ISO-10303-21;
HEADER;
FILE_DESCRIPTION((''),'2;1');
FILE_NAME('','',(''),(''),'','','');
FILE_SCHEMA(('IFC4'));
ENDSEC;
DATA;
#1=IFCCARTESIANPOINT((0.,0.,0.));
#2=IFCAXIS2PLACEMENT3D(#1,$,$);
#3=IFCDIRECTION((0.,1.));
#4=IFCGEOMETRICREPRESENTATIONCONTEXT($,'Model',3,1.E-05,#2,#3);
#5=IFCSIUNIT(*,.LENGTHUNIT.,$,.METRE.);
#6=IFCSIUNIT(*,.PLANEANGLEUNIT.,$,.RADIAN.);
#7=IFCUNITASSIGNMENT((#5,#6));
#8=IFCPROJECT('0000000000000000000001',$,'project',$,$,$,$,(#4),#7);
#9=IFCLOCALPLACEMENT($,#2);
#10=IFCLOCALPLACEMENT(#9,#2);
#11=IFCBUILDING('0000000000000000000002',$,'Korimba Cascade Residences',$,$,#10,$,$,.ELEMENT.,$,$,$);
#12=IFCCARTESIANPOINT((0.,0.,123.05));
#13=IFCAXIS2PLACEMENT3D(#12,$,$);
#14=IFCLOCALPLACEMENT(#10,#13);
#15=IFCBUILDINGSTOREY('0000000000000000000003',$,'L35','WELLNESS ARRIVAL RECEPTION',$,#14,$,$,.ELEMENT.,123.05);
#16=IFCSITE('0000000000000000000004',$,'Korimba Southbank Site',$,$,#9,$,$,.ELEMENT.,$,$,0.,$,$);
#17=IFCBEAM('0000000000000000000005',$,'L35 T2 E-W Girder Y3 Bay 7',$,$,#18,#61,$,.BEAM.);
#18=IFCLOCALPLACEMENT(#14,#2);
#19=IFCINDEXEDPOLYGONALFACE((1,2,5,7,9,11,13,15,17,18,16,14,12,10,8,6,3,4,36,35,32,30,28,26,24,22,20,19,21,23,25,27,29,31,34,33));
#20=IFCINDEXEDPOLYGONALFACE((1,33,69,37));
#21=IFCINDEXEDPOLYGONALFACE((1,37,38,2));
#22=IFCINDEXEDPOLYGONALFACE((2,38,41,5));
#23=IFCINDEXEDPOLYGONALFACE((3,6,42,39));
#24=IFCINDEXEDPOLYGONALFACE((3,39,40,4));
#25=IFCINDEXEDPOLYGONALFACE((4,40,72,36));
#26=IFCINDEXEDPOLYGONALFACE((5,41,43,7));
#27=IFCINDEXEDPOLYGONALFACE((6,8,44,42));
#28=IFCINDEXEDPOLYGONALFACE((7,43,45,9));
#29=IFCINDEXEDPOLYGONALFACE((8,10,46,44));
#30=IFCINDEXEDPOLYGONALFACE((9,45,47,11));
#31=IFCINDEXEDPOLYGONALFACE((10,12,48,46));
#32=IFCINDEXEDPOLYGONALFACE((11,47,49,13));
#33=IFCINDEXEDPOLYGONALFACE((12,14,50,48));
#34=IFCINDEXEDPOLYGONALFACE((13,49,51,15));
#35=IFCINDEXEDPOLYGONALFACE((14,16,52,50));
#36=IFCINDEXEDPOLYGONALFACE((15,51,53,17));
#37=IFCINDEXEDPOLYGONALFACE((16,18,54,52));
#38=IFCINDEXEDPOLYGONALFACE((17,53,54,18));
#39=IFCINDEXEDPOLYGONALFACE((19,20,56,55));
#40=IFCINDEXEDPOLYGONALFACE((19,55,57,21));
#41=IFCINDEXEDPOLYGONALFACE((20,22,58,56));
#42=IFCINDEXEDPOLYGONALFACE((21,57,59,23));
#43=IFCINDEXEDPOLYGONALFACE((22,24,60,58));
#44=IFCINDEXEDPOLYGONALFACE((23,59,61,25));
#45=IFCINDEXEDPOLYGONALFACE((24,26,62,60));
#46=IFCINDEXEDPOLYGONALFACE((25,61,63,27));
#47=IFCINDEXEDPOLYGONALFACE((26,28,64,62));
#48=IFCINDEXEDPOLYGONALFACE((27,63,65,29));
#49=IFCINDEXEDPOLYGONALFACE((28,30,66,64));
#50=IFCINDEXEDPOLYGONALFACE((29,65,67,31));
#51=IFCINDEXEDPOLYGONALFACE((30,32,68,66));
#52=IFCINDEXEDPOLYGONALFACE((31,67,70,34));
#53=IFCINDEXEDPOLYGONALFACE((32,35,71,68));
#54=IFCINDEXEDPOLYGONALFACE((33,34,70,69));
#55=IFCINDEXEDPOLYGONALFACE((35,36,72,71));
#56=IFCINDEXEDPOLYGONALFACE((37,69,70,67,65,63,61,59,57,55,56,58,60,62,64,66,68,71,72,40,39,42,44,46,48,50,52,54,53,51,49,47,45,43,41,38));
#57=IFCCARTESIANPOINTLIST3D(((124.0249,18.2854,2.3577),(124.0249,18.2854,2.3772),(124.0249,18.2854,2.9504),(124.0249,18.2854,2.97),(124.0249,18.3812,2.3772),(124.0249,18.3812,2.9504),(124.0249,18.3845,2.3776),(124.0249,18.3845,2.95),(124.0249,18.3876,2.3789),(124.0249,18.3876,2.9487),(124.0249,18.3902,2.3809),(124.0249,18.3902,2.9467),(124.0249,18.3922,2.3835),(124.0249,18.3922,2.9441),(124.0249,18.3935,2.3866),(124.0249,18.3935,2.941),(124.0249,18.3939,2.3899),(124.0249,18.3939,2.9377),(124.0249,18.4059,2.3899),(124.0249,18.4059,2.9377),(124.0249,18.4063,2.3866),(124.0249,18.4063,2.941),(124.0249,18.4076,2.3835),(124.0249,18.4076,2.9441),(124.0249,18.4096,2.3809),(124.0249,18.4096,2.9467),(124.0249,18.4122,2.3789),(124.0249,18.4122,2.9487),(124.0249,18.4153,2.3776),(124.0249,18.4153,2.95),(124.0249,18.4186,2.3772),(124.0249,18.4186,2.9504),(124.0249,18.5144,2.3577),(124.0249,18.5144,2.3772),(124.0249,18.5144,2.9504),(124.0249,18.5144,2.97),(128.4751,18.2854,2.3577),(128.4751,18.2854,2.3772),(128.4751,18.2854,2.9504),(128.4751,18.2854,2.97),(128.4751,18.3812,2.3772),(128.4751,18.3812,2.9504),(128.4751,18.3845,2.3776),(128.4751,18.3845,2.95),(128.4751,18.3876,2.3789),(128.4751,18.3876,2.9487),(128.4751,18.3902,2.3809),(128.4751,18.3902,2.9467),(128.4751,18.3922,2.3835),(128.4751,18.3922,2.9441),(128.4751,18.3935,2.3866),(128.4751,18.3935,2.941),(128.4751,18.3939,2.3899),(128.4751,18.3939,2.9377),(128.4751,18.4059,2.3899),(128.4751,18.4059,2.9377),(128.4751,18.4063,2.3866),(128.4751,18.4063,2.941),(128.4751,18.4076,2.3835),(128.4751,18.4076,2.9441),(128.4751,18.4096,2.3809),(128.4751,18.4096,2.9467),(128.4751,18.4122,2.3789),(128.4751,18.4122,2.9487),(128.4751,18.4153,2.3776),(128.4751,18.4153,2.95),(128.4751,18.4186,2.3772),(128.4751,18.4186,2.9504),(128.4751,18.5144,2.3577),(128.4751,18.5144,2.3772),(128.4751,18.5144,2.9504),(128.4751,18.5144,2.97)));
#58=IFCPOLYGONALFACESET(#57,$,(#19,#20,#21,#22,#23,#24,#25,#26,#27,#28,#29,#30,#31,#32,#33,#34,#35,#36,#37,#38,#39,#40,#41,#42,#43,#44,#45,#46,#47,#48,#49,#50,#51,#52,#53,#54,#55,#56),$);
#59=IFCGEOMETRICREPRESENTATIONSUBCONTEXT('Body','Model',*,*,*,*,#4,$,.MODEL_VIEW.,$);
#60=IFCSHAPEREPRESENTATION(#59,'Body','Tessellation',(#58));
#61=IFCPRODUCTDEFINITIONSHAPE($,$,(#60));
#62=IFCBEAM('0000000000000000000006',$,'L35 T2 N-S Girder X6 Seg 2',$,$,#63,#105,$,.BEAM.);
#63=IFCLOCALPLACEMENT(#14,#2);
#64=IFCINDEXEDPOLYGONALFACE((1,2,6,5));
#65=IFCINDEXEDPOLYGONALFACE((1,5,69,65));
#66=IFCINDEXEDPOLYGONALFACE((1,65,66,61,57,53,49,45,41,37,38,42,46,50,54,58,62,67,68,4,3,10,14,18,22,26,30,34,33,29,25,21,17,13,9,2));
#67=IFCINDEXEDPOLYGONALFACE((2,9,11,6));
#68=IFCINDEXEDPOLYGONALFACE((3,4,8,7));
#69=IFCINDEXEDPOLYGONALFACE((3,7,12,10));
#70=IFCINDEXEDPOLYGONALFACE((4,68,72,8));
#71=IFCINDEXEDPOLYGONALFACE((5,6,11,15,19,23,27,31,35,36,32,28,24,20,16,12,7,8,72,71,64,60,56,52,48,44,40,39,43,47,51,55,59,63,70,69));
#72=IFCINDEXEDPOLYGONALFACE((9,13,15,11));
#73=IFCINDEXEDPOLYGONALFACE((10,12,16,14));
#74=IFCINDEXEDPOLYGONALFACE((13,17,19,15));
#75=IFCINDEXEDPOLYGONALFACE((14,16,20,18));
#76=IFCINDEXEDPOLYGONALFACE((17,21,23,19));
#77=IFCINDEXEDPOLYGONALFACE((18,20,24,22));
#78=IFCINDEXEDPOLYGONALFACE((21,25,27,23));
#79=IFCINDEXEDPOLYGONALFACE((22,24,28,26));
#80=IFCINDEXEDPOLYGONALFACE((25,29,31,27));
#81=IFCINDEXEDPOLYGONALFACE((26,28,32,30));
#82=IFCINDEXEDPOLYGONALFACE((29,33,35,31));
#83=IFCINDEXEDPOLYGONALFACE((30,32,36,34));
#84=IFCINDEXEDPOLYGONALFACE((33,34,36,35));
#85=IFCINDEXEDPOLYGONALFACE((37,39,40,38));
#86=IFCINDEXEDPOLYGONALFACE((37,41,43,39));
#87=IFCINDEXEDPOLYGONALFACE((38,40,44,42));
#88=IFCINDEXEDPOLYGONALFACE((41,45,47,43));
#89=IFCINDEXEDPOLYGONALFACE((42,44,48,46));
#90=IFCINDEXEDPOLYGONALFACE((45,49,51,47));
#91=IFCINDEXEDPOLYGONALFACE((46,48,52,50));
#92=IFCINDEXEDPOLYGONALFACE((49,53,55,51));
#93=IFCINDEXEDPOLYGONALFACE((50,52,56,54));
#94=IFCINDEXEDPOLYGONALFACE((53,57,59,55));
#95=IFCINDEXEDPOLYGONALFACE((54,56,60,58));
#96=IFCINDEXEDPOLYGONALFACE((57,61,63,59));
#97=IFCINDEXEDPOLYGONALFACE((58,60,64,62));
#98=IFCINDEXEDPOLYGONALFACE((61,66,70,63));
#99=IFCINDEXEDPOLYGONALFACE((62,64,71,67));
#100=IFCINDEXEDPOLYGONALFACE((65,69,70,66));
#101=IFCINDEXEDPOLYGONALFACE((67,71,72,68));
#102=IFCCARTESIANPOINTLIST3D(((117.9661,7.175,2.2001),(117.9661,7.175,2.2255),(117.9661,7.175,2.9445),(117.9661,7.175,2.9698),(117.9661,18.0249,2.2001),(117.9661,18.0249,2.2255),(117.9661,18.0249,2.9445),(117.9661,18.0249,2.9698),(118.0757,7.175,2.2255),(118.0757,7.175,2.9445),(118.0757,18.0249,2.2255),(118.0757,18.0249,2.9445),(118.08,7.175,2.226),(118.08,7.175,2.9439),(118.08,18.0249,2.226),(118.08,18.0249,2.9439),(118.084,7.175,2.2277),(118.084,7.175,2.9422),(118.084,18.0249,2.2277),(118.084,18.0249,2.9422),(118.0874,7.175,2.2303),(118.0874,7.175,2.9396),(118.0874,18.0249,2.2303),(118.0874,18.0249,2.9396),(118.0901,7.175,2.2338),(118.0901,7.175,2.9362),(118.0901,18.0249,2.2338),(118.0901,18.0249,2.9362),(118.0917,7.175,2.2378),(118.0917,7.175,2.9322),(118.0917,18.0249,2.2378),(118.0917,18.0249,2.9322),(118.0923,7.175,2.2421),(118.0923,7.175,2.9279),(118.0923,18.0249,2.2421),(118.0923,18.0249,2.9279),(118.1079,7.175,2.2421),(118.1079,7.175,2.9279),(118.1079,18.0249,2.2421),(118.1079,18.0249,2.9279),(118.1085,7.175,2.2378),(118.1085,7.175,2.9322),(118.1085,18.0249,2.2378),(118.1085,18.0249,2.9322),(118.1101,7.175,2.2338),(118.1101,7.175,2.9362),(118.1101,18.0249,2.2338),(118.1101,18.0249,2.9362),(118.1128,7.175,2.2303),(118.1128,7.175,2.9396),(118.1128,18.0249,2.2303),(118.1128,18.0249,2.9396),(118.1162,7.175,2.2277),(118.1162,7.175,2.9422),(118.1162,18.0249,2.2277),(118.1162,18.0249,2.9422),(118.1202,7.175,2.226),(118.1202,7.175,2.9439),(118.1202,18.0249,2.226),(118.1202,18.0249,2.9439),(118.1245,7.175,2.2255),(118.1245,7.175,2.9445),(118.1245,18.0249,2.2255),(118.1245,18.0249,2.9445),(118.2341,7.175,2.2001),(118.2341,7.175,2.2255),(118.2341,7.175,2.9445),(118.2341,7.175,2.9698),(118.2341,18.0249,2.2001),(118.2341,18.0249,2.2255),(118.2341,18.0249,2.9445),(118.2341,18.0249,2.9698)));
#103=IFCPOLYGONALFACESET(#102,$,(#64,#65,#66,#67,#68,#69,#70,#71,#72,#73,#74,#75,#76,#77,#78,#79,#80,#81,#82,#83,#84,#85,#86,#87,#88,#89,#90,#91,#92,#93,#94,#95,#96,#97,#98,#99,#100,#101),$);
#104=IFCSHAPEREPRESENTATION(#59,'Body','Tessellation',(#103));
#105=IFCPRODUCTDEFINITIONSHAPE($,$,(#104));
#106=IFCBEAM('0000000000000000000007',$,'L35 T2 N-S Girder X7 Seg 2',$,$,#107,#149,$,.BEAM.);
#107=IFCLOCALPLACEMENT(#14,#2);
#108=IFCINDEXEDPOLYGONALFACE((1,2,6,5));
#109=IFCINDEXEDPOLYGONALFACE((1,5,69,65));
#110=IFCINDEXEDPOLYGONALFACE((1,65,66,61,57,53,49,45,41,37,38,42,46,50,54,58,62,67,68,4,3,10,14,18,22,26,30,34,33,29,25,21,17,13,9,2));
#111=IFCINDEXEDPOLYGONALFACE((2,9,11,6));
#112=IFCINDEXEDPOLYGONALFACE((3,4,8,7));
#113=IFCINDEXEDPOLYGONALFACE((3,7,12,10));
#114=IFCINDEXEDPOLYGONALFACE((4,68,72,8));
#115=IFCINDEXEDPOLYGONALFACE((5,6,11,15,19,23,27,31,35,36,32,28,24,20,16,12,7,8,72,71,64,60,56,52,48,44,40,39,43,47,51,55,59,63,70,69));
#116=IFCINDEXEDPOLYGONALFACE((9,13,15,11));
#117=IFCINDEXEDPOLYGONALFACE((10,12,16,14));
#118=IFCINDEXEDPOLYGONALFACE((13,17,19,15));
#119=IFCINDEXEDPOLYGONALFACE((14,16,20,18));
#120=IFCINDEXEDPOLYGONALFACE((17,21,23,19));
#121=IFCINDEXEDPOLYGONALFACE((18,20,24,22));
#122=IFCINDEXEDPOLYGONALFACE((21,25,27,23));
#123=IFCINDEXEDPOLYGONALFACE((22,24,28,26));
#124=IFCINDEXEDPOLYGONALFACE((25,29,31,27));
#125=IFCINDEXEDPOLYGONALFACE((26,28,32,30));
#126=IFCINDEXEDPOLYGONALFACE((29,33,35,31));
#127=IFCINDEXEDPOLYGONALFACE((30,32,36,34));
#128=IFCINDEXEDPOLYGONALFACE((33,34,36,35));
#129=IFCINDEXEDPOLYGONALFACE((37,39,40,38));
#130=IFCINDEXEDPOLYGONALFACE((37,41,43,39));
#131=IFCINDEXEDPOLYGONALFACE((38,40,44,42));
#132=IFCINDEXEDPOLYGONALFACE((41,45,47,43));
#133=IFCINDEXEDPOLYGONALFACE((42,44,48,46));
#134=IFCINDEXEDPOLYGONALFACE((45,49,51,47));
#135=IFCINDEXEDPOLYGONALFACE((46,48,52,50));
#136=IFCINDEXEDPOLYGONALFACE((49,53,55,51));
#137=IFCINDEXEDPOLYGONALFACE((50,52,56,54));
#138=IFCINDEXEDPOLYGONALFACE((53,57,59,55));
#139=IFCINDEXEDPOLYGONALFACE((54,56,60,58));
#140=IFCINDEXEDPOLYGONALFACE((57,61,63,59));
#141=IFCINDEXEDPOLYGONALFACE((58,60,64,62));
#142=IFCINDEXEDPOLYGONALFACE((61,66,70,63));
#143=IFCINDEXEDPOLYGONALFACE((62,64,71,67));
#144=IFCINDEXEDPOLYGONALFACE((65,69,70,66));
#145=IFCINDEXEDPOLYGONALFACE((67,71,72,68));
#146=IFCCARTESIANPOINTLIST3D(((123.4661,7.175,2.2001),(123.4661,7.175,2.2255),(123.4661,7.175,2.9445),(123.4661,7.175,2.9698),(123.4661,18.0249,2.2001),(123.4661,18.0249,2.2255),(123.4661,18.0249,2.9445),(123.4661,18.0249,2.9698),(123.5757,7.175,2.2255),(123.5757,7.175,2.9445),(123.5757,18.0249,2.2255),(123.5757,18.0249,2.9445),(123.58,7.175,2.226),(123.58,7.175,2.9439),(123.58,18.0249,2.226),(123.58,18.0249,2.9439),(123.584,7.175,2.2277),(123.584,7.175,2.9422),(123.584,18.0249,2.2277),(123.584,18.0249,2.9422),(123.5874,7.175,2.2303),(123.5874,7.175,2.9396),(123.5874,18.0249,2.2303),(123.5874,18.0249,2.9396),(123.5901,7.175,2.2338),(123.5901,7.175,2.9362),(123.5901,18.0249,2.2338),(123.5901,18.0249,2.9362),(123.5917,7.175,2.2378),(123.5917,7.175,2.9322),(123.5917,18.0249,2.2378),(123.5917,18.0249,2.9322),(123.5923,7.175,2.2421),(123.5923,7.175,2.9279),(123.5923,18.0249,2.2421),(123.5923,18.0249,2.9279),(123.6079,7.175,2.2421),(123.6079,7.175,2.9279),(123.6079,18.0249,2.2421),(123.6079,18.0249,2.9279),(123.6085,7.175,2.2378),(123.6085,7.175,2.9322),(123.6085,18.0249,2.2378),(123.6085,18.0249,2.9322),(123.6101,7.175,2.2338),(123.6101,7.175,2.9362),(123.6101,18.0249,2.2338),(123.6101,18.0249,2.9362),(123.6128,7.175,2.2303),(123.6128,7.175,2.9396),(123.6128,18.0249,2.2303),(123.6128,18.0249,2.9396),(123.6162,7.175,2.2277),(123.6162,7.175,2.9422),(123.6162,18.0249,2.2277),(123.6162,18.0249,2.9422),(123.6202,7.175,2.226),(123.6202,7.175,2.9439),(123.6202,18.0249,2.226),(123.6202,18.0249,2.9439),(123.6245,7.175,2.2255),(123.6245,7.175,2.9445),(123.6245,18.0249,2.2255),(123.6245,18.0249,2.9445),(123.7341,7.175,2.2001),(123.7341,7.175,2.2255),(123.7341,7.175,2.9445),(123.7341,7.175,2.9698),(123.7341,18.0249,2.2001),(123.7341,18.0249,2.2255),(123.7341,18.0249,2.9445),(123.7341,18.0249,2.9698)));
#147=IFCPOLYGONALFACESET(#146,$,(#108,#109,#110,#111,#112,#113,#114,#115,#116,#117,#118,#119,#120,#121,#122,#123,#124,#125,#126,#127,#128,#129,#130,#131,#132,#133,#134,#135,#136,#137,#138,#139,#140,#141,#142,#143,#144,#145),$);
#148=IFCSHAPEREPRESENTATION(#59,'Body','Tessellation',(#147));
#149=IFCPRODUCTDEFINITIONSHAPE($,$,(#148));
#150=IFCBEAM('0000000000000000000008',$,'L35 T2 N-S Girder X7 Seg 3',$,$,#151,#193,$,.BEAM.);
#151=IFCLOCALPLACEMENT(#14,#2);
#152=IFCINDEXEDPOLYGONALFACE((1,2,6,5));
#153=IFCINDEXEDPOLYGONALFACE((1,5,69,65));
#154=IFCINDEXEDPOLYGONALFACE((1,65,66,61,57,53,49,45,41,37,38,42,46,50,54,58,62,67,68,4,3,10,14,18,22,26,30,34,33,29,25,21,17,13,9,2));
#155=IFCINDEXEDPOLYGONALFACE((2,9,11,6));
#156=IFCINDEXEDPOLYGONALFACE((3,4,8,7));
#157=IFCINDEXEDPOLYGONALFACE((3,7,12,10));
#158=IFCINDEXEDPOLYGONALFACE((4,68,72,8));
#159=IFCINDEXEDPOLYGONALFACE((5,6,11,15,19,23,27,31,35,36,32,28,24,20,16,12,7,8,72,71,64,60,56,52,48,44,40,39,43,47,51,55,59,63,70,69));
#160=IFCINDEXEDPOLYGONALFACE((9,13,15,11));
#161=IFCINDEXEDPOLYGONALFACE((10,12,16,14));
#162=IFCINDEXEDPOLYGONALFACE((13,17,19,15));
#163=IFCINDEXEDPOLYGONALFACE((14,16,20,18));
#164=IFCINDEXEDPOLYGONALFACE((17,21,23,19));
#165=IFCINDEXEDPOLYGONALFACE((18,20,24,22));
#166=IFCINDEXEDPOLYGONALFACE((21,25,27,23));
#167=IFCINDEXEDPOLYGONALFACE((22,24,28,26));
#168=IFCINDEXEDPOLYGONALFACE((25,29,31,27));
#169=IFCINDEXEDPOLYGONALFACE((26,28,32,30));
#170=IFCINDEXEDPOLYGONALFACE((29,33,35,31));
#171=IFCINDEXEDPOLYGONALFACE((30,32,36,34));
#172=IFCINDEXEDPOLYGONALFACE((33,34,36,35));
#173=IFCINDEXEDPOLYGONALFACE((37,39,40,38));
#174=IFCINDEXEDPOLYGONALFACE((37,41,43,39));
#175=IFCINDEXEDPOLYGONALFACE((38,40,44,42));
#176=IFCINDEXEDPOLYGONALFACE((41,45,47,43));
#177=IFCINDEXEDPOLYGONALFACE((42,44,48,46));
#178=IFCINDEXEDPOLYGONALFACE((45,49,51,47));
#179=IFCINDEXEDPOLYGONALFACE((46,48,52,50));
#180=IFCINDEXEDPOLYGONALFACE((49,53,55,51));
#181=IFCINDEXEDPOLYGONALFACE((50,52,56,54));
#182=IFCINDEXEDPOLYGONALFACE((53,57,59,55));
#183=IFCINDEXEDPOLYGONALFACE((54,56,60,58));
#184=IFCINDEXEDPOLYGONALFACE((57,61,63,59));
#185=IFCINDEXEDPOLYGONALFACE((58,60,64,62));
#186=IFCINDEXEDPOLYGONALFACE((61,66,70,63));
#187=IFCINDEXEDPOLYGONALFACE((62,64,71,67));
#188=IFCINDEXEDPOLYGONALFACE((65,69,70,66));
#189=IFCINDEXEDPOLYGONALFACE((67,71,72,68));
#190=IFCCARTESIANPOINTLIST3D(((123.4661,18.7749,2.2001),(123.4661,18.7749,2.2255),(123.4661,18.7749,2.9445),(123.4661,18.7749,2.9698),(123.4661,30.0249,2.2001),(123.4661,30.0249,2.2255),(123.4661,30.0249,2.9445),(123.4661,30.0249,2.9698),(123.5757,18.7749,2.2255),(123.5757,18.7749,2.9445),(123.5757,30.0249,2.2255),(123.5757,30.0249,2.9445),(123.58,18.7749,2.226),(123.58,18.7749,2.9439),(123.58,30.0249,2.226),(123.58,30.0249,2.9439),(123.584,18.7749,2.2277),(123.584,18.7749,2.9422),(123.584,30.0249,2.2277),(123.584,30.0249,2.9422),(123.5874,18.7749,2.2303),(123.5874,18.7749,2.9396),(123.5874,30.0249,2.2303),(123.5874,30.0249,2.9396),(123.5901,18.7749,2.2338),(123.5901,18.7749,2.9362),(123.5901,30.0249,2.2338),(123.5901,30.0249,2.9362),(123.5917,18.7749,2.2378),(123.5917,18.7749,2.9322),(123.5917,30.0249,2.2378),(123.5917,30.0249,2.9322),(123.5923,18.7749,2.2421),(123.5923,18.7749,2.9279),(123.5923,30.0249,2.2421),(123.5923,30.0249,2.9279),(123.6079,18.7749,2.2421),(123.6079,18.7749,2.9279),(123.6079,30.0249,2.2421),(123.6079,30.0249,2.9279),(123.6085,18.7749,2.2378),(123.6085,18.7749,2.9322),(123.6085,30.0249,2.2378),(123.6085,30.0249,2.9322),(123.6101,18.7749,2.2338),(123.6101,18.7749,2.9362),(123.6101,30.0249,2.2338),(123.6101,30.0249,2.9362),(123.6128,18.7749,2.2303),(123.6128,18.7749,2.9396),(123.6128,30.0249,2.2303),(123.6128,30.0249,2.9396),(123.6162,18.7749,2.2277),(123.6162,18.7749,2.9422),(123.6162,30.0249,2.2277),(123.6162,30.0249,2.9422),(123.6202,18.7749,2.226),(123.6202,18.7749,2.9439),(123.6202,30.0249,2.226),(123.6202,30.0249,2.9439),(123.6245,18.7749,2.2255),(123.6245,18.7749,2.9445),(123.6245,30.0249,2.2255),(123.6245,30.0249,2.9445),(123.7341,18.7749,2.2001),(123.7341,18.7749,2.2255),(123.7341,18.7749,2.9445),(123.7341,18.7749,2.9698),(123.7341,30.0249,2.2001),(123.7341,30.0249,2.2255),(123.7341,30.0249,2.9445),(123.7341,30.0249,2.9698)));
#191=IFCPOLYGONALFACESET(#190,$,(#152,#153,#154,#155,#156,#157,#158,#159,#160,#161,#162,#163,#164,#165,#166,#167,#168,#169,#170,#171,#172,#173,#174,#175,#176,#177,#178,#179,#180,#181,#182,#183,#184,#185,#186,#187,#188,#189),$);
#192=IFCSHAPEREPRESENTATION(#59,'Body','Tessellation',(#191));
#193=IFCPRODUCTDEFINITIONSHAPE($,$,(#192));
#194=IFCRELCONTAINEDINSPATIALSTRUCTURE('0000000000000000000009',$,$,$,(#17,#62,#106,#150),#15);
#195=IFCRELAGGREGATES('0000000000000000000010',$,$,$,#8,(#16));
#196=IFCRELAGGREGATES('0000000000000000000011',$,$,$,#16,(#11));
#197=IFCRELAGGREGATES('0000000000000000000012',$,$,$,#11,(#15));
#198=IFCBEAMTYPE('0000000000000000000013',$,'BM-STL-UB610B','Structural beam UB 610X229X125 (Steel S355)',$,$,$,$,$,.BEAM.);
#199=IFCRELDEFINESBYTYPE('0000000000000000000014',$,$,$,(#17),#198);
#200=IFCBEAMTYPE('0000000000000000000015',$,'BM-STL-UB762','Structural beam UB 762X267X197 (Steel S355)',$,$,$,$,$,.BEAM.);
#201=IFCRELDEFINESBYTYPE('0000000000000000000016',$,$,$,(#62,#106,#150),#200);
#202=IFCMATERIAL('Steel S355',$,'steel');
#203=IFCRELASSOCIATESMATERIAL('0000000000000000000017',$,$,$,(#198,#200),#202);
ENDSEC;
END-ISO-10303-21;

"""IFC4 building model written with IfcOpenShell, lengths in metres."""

from ifc_helpers import new_model, si_unit, direction, frame, origin, origin_2d, place, context, subcontext, project, spatial, i_section, extrude, material, material_profile, profile_set, type_object, element, save


model = new_model("IFC4")

# Units and contexts
model_context = context("Model", 3, precision=1e-05, world=origin(), true_north=direction((0.0, 1.0)))
body_context = subcontext(model_context, "Body", "Model", "MODEL_VIEW")
ifc_project = project(units=[si_unit("LENGTHUNIT", "METRE"), si_unit("PLANEANGLEUNIT", "RADIAN")], contexts=[model_context])

# Site, building, storey
site_placement = place(None, origin())
site = spatial("IfcSite", under=ifc_project, at=site_placement, Name="Korimba Southbank Site", CompositionType="ELEMENT", RefElevation=0.0)
building_placement = place(site_placement, origin())
building = spatial("IfcBuilding", under=site, at=building_placement, Name="Korimba Cascade Residences", CompositionType="ELEMENT")
storey_placement = place(building_placement, frame((0.0, 0.0, 123.05)))
storey = spatial("IfcBuildingStorey", under=building, at=storey_placement, Name="L35", Description="WELLNESS ARRIVAL RECEPTION", CompositionType="ELEMENT", Elevation=123.05)

# Beams
ifc_material_1 = material(Name="Steel S355", Category="steel")
ifc_material_profile_1 = material_profile(ifc_material_1, i_section(OverallWidth=0.229, OverallDepth=0.6123, WebThickness=0.012, FlangeThickness=0.0195, FilletRadius=0.0127, at=origin_2d()), Name="Steel S355")
ifc_profile_set_1 = profile_set([ifc_material_profile_1], Name="Steel S355")
beam_type_1 = type_object("IfcBeamType", Name="BM-STL-UB610B", Description="Structural beam UB 610X229X125 (Steel S355)", PredefinedType="BEAM", material=ifc_profile_set_1)
beam_1_placement = place(storey_placement, frame((124.0249, 18.3999, 2.6638), z_axis=(1.0, 0.0, 0.0), x_axis=(0.0, 1.0, 0.0)))
element("IfcBeam", 1, at=beam_1_placement, inside=storey, type_object=beam_type_1, Name="L35 T2 E-W Girder Y3 Bay 7", PredefinedType="BEAM", context=body_context, shape_type="SweptSolid", body=[
    extrude(i_section(OverallWidth=0.229, OverallDepth=0.6123, WebThickness=0.012, FlangeThickness=0.0195, FilletRadius=0.0127, at=origin_2d()), origin(), (0.0, 0.0, 1.0), 4.4502),
])
ifc_material_profile_2 = material_profile(ifc_material_1, i_section(OverallWidth=0.2681, OverallDepth=0.7698, WebThickness=0.0156, FlangeThickness=0.0254, FilletRadius=0.0166, at=origin_2d()), Name="Steel S355")
ifc_profile_set_2 = profile_set([ifc_material_profile_2], Name="Steel S355")
beam_type_2 = type_object("IfcBeamType", Name="BM-STL-UB762", Description="Structural beam UB 762X267X197 (Steel S355)", PredefinedType="BEAM", material=ifc_profile_set_2)
for number, where, z_axis, x_axis, name in (
    (2, (118.1001, 7.175, 2.585), (0.0, 1.0, 0.0), (-1.0, 0.0, 0.0), "L35 T2 N-S Girder X6 Seg 2"),
    (3, (123.6001, 7.175, 2.585), (0.0, 1.0, 0.0), (-1.0, 0.0, 0.0), "L35 T2 N-S Girder X7 Seg 2"),
):
    element("IfcBeam", number, at=place(storey_placement, frame(where, z_axis=z_axis, x_axis=x_axis)), inside=storey, type_object=beam_type_2, Name=name, PredefinedType="BEAM", context=body_context, shape_type="SweptSolid", body=[
        extrude(i_section(OverallWidth=0.2681, OverallDepth=0.7698, WebThickness=0.0156, FlangeThickness=0.0254, FilletRadius=0.0166, at=origin_2d()), origin(), (0.0, 0.0, 1.0), 10.8499),
    ])
beam_2_placement = place(storey_placement, frame((123.6001, 18.7749, 2.585), z_axis=(0.0, 1.0, 0.0), x_axis=(-1.0, 0.0, 0.0)))
element("IfcBeam", 4, at=beam_2_placement, inside=storey, type_object=beam_type_2, Name="L35 T2 N-S Girder X7 Seg 3", PredefinedType="BEAM", context=body_context, shape_type="SweptSolid", body=[
    extrude(i_section(OverallWidth=0.2681, OverallDepth=0.7698, WebThickness=0.0156, FlangeThickness=0.0254, FilletRadius=0.0166, at=origin_2d()), origin(), (0.0, 0.0, 1.0), 11.25),
])

save(model, "model.ifc")
